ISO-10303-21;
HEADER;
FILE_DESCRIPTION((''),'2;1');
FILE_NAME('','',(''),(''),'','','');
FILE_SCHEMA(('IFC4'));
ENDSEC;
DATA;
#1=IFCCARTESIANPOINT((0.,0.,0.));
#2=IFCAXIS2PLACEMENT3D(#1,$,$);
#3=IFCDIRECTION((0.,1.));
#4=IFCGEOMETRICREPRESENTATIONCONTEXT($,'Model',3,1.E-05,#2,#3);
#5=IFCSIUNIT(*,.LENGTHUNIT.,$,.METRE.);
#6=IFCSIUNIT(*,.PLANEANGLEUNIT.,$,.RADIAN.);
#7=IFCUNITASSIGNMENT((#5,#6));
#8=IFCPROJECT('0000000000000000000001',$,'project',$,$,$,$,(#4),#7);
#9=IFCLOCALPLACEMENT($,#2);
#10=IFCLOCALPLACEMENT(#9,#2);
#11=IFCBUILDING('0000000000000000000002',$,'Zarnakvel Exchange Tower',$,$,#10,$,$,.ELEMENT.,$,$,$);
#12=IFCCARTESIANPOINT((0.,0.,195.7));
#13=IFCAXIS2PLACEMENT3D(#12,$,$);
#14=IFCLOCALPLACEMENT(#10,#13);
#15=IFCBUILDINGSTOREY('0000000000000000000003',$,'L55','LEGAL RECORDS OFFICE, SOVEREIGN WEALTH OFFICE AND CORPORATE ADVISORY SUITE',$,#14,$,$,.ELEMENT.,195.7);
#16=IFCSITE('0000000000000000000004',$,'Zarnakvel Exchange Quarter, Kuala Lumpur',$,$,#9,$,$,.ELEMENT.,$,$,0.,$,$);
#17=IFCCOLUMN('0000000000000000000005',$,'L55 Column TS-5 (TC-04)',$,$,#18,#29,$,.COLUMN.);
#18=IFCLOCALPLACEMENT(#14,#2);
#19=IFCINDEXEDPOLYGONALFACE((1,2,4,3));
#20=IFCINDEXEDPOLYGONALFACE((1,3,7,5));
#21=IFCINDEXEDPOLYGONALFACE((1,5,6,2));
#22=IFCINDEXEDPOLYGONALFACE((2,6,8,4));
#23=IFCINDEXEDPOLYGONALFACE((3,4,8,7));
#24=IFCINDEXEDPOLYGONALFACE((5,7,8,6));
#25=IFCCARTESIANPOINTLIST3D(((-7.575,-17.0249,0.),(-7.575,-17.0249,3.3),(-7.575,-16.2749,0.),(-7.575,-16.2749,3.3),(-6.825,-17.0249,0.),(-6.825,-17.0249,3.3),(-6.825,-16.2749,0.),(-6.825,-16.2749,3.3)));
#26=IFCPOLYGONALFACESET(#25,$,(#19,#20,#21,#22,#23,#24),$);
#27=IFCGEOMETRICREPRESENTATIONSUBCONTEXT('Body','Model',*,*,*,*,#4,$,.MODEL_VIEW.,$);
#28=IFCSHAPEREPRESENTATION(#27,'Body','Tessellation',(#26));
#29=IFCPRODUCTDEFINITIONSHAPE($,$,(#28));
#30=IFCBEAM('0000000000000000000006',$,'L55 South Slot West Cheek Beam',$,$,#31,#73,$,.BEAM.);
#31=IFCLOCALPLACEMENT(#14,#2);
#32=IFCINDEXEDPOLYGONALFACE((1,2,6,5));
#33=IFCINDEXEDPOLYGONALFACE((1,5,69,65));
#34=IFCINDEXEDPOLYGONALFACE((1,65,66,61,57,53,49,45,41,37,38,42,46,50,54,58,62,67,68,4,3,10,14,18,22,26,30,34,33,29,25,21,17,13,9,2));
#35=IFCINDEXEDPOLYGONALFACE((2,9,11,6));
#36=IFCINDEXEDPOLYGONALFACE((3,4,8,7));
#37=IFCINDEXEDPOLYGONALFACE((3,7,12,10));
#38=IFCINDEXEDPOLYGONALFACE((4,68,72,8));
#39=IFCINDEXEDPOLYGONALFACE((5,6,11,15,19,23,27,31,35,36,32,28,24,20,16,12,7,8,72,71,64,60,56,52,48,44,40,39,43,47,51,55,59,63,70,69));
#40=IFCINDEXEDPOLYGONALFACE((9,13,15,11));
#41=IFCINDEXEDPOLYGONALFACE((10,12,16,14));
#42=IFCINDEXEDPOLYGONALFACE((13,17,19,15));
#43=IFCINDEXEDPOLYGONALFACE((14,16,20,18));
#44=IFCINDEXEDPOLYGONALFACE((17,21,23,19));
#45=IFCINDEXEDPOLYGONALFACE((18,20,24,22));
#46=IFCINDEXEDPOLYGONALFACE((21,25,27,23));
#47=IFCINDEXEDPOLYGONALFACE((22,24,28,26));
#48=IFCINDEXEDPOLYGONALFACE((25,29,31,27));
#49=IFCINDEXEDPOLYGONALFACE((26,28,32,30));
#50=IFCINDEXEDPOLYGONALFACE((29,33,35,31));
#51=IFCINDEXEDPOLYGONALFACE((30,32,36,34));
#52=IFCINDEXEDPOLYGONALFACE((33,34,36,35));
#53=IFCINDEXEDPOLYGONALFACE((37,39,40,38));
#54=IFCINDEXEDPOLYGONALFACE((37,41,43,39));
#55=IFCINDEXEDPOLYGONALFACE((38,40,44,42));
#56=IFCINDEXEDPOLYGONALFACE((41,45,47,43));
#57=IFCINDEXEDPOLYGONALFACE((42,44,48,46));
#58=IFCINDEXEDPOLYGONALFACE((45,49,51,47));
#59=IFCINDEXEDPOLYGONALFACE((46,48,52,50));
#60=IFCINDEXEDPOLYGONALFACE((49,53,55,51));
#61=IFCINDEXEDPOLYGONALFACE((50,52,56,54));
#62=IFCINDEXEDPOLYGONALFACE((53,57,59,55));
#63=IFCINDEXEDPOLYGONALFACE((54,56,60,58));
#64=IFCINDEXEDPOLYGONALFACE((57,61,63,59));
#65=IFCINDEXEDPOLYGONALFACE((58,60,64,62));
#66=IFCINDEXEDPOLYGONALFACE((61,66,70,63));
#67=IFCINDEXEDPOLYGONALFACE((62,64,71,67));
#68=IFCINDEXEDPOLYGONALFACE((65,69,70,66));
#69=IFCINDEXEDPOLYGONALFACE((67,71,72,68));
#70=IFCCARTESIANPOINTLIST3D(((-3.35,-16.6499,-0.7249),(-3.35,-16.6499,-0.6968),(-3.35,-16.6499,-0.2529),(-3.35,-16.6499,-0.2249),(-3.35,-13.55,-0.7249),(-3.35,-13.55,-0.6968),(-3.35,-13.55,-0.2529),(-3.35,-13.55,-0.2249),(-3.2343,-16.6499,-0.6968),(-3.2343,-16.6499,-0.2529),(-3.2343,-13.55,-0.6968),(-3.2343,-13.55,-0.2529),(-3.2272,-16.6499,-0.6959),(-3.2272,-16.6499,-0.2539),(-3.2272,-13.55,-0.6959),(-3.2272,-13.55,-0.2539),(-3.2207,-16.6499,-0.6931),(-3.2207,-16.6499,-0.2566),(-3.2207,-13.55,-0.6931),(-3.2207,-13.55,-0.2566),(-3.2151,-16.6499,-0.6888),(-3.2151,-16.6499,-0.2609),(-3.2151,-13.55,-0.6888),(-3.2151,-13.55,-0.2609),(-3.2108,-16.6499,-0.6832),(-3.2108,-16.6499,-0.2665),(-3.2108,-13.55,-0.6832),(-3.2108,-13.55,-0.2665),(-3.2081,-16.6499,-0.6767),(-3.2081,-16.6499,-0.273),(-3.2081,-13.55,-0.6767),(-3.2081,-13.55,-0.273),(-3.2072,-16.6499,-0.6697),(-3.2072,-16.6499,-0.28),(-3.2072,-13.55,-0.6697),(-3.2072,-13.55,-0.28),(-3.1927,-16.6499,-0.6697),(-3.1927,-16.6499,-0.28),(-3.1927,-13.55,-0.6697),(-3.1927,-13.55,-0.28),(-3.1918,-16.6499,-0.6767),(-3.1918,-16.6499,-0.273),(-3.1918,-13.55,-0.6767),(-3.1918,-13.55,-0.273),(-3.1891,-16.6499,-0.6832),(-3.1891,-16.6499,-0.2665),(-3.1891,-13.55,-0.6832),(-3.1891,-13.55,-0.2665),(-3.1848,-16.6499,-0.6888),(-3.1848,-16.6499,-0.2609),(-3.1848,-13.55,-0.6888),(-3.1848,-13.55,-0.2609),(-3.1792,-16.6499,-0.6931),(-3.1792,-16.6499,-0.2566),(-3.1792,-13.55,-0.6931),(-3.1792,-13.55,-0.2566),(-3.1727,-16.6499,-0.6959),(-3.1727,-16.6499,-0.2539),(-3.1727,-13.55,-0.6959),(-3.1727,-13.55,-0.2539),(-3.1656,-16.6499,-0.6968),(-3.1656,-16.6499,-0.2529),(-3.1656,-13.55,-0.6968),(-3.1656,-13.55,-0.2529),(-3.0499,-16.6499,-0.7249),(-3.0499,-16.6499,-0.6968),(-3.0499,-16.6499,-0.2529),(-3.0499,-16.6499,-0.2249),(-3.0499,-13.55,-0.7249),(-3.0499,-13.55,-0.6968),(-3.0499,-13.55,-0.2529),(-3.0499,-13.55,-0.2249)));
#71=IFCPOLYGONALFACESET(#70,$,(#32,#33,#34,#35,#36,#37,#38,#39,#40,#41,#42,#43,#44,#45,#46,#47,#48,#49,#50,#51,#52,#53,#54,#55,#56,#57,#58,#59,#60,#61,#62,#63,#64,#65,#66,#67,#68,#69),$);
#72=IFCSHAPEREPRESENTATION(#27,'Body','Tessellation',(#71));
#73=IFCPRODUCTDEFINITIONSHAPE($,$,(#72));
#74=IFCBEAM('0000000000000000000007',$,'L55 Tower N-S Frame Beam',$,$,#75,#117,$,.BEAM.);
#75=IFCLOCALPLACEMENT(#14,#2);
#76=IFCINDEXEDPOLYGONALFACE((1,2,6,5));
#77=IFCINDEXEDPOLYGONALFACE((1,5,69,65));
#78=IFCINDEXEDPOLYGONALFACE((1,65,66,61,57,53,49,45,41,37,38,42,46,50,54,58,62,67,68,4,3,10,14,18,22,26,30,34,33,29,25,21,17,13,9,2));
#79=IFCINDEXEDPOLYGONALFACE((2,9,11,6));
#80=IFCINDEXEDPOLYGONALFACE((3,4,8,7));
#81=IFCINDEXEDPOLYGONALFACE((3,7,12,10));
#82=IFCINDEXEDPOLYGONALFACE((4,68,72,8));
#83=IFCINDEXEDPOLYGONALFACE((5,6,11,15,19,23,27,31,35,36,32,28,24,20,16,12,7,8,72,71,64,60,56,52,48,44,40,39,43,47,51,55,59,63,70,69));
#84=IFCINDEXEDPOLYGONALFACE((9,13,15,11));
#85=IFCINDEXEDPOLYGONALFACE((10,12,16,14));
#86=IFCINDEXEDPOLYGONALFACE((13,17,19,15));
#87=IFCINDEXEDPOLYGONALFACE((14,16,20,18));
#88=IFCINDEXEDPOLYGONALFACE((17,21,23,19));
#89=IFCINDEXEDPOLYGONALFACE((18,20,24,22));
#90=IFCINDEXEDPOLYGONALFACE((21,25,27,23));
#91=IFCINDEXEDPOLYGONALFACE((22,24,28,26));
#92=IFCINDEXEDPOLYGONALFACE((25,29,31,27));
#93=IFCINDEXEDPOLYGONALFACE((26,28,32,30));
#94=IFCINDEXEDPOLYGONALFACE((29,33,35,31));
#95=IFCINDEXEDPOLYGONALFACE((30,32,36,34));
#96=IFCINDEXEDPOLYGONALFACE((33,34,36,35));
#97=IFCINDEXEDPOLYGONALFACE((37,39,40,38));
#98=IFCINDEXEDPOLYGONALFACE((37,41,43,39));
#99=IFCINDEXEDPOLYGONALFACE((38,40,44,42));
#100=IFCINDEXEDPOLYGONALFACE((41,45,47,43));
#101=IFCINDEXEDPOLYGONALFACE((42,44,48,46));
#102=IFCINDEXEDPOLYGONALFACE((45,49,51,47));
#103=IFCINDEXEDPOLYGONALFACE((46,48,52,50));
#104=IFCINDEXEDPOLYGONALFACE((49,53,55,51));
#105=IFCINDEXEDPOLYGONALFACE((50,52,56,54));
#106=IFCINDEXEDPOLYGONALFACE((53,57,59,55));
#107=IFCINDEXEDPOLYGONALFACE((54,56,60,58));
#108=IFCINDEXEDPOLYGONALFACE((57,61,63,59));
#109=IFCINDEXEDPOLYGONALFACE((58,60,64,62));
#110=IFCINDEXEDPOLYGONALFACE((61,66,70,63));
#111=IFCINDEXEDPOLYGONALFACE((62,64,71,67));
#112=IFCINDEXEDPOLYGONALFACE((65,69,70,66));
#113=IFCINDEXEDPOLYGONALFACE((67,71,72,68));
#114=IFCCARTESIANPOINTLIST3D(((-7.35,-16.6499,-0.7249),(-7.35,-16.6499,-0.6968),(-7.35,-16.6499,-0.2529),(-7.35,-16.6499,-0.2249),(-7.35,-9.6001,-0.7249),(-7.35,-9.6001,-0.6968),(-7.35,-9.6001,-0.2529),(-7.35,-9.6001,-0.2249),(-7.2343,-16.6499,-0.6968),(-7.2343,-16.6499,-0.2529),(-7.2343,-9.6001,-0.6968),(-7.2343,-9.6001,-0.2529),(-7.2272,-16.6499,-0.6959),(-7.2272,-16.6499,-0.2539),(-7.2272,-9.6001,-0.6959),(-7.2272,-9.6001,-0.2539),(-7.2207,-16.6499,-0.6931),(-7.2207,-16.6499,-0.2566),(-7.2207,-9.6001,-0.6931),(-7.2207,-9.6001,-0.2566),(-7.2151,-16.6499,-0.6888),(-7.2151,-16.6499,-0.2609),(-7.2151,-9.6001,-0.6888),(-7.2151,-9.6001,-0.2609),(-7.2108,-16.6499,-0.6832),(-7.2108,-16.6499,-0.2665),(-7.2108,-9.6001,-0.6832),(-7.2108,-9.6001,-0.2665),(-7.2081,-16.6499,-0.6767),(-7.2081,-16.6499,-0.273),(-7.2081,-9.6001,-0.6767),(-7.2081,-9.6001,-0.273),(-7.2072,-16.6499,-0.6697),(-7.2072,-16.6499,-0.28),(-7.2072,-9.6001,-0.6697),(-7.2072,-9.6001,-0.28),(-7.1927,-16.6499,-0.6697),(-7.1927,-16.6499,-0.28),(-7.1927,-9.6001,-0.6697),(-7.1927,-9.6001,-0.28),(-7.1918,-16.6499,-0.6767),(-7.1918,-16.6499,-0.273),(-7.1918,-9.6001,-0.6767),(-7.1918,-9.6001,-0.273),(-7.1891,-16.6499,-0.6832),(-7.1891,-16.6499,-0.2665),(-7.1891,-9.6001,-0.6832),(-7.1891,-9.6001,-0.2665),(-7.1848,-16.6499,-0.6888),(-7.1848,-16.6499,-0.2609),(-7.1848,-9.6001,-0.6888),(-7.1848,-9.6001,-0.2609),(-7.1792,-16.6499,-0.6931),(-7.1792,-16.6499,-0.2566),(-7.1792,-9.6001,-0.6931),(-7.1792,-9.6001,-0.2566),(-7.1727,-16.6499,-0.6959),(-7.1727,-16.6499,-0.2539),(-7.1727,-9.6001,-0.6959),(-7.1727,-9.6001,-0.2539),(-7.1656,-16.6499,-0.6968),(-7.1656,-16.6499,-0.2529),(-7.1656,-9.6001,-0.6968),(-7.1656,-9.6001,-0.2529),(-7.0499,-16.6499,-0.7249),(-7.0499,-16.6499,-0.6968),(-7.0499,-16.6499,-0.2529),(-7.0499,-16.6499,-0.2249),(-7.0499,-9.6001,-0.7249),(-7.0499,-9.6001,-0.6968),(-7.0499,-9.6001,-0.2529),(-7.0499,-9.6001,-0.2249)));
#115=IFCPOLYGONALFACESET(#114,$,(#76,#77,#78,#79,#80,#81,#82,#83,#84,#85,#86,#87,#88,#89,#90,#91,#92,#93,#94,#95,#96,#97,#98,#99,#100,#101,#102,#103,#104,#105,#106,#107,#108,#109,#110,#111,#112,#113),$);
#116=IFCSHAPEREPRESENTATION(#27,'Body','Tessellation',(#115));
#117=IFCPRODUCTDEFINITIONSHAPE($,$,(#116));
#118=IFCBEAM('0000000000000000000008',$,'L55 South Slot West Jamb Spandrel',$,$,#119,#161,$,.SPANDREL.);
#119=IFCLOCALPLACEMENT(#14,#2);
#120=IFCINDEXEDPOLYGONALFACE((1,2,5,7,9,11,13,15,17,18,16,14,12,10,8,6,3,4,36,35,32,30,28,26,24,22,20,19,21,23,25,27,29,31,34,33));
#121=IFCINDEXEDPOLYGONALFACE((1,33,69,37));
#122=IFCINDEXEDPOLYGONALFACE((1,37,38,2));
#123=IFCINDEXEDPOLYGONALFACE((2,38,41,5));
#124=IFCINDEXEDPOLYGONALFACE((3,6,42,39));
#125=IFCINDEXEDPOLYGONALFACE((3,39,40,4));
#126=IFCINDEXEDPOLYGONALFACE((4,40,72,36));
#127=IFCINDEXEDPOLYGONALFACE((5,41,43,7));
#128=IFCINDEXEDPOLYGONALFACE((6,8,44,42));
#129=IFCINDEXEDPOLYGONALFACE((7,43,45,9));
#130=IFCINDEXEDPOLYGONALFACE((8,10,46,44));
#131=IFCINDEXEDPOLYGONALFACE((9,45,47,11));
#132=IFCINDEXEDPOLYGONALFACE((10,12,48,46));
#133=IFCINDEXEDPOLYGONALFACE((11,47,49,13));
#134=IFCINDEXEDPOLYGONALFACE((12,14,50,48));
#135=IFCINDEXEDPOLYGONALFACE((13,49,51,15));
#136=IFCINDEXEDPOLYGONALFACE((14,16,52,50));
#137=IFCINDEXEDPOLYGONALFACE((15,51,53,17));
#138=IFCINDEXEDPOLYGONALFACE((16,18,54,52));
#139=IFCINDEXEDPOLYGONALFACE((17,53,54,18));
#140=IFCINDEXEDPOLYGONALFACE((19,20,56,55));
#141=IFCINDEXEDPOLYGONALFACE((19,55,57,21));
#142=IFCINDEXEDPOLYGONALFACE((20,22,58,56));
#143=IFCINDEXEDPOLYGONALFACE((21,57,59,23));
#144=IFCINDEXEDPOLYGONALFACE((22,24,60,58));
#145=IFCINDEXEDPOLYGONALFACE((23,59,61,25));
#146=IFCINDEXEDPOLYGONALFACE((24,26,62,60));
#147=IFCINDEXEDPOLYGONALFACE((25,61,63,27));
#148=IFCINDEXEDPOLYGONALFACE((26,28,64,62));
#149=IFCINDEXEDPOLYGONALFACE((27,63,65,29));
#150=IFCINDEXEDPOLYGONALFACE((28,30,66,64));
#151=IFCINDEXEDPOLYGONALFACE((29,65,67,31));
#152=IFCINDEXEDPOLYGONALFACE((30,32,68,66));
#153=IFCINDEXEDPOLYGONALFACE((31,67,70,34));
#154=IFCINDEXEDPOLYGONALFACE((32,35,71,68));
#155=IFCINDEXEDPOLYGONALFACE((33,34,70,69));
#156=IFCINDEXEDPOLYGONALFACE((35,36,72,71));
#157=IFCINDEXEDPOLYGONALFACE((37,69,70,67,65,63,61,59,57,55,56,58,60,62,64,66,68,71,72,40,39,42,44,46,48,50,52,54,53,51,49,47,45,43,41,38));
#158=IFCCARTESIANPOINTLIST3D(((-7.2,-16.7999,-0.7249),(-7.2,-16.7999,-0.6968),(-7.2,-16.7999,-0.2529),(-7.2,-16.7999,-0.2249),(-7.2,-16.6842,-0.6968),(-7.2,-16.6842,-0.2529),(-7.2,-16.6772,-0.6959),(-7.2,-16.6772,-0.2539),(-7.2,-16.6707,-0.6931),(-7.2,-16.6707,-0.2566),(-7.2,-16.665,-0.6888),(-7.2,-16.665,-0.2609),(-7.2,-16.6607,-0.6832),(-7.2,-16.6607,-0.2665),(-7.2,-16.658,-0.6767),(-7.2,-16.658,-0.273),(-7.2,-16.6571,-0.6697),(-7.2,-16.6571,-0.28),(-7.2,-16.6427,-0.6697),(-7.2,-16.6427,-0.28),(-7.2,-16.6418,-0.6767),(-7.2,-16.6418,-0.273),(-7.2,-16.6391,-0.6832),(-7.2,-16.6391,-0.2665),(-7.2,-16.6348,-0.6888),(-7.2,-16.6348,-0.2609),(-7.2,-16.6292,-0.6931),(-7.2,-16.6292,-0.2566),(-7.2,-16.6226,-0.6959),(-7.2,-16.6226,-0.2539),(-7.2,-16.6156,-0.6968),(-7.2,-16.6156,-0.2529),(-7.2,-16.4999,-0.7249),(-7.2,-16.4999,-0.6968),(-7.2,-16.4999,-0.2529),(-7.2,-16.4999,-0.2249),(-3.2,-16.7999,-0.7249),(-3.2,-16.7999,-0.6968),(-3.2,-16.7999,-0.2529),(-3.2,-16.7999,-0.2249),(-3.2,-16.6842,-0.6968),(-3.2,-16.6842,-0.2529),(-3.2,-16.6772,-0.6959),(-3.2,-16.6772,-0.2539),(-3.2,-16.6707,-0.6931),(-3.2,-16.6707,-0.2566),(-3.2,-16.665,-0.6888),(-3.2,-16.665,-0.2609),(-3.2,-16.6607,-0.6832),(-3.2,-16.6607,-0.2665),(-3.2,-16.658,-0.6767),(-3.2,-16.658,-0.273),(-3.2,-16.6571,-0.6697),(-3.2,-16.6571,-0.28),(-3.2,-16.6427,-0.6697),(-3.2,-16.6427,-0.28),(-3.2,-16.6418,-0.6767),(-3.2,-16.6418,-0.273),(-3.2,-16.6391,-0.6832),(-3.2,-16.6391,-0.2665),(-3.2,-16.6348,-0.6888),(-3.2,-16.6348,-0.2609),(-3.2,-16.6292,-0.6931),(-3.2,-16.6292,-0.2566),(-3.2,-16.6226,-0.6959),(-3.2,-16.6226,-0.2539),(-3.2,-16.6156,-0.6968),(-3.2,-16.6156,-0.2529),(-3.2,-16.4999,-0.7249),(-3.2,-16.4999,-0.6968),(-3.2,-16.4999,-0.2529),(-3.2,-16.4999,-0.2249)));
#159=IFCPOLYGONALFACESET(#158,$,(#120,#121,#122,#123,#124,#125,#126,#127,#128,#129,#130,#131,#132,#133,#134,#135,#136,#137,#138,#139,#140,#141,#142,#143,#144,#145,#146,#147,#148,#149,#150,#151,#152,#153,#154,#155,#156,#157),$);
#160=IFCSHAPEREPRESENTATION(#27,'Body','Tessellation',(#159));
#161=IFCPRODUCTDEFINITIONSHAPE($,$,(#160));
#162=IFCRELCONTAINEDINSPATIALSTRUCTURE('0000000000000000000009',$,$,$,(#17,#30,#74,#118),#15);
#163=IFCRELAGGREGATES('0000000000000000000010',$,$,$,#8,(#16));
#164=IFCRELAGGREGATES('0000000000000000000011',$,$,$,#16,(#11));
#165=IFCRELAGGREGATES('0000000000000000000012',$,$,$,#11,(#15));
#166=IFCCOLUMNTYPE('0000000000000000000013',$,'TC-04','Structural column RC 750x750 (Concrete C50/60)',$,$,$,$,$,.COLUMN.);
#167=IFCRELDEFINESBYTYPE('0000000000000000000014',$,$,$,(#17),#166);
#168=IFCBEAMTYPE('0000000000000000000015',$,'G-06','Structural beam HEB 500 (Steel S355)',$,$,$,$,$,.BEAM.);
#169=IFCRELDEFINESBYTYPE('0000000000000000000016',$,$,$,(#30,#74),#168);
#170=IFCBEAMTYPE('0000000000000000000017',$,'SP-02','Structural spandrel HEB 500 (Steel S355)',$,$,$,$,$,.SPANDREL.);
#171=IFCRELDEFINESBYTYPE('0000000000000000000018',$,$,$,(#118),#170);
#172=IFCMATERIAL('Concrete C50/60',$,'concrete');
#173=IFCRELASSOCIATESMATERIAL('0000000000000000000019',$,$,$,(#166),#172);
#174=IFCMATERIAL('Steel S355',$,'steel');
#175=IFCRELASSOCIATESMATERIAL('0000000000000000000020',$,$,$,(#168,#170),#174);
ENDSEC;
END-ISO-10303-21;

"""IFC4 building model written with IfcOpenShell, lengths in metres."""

from ifc_helpers import new_model, si_unit, direction, frame, origin, origin_2d, place, context, subcontext, project, spatial, rectangle, i_section, extrude, material, material_profile, profile_set, type_object, element, save


model = new_model("IFC4")

# Units and contexts
model_context = context("Model", 3, precision=1e-05, world=origin(), true_north=direction((0.0, 1.0)))
body_context = subcontext(model_context, "Body", "Model", "MODEL_VIEW")
ifc_project = project(units=[si_unit("LENGTHUNIT", "METRE"), si_unit("PLANEANGLEUNIT", "RADIAN")], contexts=[model_context])

# Site, building, storey
site_placement = place(None, origin())
site = spatial("IfcSite", under=ifc_project, at=site_placement, Name="Zarnakvel Exchange Quarter, Kuala Lumpur", CompositionType="ELEMENT", RefElevation=0.0)
building_placement = place(site_placement, origin())
building = spatial("IfcBuilding", under=site, at=building_placement, Name="Zarnakvel Exchange Tower", CompositionType="ELEMENT")
storey_placement = place(building_placement, frame((0.0, 0.0, 195.7)))
storey = spatial("IfcBuildingStorey", under=building, at=storey_placement, Name="L55", Description="LEGAL RECORDS OFFICE, SOVEREIGN WEALTH OFFICE AND CORPORATE ADVISORY SUITE", CompositionType="ELEMENT", Elevation=195.7)

# Column
ifc_material_1 = material(Name="Concrete C50/60", Category="concrete")
ifc_material_profile_1 = material_profile(ifc_material_1, rectangle(XDim=0.75, YDim=0.75, at=origin_2d()))
ifc_profile_set_1 = profile_set([ifc_material_profile_1], Name="Concrete C50/60")
column_type = type_object("IfcColumnType", Name="TC-04", Description="Structural column RC 750x750 (Concrete C50/60)", PredefinedType="COLUMN", material=ifc_profile_set_1)
column_placement = place(storey_placement, frame((-7.2, -16.6499, 0.0), z_axis=(0.0, 0.0, 1.0), x_axis=(1.0, 0.0, 0.0)))
element("IfcColumn", 1, at=column_placement, inside=storey, type_object=column_type, Name="L55 Column TS-5 (TC-04)", PredefinedType="COLUMN", context=body_context, shape_type="SweptSolid", body=[
    extrude(rectangle(XDim=0.75, YDim=0.75, at=origin_2d()), origin(), (0.0, 0.0, 1.0), 3.3),
])

# Beams
ifc_material_2 = material(Name="Steel S355", Category="steel")
ifc_material_profile_2 = material_profile(ifc_material_2, i_section(OverallWidth=0.3, OverallDepth=0.5, WebThickness=0.0144, FlangeThickness=0.0281, FilletRadius=0.0271, at=origin_2d()))
ifc_profile_set_2 = profile_set([ifc_material_profile_2], Name="Steel S355")
beam_type_1 = type_object("IfcBeamType", Name="G-06", Description="Structural beam HEB 500 (Steel S355)", PredefinedType="BEAM", material=ifc_profile_set_2)
beam_1_placement = place(storey_placement, frame((-3.2, -16.6499, -0.4749), z_axis=(0.0, 1.0, 0.0), x_axis=(-1.0, 0.0, 0.0)))
element("IfcBeam", 2, at=beam_1_placement, inside=storey, type_object=beam_type_1, Name="L55 South Slot West Cheek Beam", PredefinedType="BEAM", context=body_context, shape_type="SweptSolid", body=[
    extrude(i_section(OverallWidth=0.3, OverallDepth=0.5, WebThickness=0.0144, FlangeThickness=0.0281, FilletRadius=0.0271, at=origin_2d()), origin(), (0.0, 0.0, 1.0), 3.0999),
])
beam_2_placement = place(storey_placement, frame((-7.2, -16.6499, -0.4749), z_axis=(0.0, 1.0, 0.0), x_axis=(-1.0, 0.0, 0.0)))
element("IfcBeam", 3, at=beam_2_placement, inside=storey, type_object=beam_type_1, Name="L55 Tower N-S Frame Beam", PredefinedType="BEAM", context=body_context, shape_type="SweptSolid", body=[
    extrude(i_section(OverallWidth=0.3, OverallDepth=0.5, WebThickness=0.0144, FlangeThickness=0.0281, FilletRadius=0.0271, at=origin_2d()), origin(), (0.0, 0.0, 1.0), 7.0498),
])
ifc_material_profile_3 = material_profile(ifc_material_2, i_section(OverallWidth=0.3, OverallDepth=0.5, WebThickness=0.0144, FlangeThickness=0.0281, FilletRadius=0.0271, at=origin_2d()))
ifc_profile_set_3 = profile_set([ifc_material_profile_3], Name="Steel S355")
beam_type_2 = type_object("IfcBeamType", Name="SP-02", Description="Structural spandrel HEB 500 (Steel S355)", PredefinedType="SPANDREL", material=ifc_profile_set_3)
beam_3_placement = place(storey_placement, frame((-7.2, -16.6499, -0.4749), z_axis=(1.0, 0.0, 0.0), x_axis=(0.0, 1.0, 0.0)))
element("IfcBeam", 4, at=beam_3_placement, inside=storey, type_object=beam_type_2, Name="L55 South Slot West Jamb Spandrel", PredefinedType="SPANDREL", context=body_context, shape_type="SweptSolid", body=[
    extrude(i_section(OverallWidth=0.3, OverallDepth=0.5, WebThickness=0.0144, FlangeThickness=0.0281, FilletRadius=0.0271, at=origin_2d()), origin(), (0.0, 0.0, 1.0), 4.0),
])

save(model, "model.ifc")
